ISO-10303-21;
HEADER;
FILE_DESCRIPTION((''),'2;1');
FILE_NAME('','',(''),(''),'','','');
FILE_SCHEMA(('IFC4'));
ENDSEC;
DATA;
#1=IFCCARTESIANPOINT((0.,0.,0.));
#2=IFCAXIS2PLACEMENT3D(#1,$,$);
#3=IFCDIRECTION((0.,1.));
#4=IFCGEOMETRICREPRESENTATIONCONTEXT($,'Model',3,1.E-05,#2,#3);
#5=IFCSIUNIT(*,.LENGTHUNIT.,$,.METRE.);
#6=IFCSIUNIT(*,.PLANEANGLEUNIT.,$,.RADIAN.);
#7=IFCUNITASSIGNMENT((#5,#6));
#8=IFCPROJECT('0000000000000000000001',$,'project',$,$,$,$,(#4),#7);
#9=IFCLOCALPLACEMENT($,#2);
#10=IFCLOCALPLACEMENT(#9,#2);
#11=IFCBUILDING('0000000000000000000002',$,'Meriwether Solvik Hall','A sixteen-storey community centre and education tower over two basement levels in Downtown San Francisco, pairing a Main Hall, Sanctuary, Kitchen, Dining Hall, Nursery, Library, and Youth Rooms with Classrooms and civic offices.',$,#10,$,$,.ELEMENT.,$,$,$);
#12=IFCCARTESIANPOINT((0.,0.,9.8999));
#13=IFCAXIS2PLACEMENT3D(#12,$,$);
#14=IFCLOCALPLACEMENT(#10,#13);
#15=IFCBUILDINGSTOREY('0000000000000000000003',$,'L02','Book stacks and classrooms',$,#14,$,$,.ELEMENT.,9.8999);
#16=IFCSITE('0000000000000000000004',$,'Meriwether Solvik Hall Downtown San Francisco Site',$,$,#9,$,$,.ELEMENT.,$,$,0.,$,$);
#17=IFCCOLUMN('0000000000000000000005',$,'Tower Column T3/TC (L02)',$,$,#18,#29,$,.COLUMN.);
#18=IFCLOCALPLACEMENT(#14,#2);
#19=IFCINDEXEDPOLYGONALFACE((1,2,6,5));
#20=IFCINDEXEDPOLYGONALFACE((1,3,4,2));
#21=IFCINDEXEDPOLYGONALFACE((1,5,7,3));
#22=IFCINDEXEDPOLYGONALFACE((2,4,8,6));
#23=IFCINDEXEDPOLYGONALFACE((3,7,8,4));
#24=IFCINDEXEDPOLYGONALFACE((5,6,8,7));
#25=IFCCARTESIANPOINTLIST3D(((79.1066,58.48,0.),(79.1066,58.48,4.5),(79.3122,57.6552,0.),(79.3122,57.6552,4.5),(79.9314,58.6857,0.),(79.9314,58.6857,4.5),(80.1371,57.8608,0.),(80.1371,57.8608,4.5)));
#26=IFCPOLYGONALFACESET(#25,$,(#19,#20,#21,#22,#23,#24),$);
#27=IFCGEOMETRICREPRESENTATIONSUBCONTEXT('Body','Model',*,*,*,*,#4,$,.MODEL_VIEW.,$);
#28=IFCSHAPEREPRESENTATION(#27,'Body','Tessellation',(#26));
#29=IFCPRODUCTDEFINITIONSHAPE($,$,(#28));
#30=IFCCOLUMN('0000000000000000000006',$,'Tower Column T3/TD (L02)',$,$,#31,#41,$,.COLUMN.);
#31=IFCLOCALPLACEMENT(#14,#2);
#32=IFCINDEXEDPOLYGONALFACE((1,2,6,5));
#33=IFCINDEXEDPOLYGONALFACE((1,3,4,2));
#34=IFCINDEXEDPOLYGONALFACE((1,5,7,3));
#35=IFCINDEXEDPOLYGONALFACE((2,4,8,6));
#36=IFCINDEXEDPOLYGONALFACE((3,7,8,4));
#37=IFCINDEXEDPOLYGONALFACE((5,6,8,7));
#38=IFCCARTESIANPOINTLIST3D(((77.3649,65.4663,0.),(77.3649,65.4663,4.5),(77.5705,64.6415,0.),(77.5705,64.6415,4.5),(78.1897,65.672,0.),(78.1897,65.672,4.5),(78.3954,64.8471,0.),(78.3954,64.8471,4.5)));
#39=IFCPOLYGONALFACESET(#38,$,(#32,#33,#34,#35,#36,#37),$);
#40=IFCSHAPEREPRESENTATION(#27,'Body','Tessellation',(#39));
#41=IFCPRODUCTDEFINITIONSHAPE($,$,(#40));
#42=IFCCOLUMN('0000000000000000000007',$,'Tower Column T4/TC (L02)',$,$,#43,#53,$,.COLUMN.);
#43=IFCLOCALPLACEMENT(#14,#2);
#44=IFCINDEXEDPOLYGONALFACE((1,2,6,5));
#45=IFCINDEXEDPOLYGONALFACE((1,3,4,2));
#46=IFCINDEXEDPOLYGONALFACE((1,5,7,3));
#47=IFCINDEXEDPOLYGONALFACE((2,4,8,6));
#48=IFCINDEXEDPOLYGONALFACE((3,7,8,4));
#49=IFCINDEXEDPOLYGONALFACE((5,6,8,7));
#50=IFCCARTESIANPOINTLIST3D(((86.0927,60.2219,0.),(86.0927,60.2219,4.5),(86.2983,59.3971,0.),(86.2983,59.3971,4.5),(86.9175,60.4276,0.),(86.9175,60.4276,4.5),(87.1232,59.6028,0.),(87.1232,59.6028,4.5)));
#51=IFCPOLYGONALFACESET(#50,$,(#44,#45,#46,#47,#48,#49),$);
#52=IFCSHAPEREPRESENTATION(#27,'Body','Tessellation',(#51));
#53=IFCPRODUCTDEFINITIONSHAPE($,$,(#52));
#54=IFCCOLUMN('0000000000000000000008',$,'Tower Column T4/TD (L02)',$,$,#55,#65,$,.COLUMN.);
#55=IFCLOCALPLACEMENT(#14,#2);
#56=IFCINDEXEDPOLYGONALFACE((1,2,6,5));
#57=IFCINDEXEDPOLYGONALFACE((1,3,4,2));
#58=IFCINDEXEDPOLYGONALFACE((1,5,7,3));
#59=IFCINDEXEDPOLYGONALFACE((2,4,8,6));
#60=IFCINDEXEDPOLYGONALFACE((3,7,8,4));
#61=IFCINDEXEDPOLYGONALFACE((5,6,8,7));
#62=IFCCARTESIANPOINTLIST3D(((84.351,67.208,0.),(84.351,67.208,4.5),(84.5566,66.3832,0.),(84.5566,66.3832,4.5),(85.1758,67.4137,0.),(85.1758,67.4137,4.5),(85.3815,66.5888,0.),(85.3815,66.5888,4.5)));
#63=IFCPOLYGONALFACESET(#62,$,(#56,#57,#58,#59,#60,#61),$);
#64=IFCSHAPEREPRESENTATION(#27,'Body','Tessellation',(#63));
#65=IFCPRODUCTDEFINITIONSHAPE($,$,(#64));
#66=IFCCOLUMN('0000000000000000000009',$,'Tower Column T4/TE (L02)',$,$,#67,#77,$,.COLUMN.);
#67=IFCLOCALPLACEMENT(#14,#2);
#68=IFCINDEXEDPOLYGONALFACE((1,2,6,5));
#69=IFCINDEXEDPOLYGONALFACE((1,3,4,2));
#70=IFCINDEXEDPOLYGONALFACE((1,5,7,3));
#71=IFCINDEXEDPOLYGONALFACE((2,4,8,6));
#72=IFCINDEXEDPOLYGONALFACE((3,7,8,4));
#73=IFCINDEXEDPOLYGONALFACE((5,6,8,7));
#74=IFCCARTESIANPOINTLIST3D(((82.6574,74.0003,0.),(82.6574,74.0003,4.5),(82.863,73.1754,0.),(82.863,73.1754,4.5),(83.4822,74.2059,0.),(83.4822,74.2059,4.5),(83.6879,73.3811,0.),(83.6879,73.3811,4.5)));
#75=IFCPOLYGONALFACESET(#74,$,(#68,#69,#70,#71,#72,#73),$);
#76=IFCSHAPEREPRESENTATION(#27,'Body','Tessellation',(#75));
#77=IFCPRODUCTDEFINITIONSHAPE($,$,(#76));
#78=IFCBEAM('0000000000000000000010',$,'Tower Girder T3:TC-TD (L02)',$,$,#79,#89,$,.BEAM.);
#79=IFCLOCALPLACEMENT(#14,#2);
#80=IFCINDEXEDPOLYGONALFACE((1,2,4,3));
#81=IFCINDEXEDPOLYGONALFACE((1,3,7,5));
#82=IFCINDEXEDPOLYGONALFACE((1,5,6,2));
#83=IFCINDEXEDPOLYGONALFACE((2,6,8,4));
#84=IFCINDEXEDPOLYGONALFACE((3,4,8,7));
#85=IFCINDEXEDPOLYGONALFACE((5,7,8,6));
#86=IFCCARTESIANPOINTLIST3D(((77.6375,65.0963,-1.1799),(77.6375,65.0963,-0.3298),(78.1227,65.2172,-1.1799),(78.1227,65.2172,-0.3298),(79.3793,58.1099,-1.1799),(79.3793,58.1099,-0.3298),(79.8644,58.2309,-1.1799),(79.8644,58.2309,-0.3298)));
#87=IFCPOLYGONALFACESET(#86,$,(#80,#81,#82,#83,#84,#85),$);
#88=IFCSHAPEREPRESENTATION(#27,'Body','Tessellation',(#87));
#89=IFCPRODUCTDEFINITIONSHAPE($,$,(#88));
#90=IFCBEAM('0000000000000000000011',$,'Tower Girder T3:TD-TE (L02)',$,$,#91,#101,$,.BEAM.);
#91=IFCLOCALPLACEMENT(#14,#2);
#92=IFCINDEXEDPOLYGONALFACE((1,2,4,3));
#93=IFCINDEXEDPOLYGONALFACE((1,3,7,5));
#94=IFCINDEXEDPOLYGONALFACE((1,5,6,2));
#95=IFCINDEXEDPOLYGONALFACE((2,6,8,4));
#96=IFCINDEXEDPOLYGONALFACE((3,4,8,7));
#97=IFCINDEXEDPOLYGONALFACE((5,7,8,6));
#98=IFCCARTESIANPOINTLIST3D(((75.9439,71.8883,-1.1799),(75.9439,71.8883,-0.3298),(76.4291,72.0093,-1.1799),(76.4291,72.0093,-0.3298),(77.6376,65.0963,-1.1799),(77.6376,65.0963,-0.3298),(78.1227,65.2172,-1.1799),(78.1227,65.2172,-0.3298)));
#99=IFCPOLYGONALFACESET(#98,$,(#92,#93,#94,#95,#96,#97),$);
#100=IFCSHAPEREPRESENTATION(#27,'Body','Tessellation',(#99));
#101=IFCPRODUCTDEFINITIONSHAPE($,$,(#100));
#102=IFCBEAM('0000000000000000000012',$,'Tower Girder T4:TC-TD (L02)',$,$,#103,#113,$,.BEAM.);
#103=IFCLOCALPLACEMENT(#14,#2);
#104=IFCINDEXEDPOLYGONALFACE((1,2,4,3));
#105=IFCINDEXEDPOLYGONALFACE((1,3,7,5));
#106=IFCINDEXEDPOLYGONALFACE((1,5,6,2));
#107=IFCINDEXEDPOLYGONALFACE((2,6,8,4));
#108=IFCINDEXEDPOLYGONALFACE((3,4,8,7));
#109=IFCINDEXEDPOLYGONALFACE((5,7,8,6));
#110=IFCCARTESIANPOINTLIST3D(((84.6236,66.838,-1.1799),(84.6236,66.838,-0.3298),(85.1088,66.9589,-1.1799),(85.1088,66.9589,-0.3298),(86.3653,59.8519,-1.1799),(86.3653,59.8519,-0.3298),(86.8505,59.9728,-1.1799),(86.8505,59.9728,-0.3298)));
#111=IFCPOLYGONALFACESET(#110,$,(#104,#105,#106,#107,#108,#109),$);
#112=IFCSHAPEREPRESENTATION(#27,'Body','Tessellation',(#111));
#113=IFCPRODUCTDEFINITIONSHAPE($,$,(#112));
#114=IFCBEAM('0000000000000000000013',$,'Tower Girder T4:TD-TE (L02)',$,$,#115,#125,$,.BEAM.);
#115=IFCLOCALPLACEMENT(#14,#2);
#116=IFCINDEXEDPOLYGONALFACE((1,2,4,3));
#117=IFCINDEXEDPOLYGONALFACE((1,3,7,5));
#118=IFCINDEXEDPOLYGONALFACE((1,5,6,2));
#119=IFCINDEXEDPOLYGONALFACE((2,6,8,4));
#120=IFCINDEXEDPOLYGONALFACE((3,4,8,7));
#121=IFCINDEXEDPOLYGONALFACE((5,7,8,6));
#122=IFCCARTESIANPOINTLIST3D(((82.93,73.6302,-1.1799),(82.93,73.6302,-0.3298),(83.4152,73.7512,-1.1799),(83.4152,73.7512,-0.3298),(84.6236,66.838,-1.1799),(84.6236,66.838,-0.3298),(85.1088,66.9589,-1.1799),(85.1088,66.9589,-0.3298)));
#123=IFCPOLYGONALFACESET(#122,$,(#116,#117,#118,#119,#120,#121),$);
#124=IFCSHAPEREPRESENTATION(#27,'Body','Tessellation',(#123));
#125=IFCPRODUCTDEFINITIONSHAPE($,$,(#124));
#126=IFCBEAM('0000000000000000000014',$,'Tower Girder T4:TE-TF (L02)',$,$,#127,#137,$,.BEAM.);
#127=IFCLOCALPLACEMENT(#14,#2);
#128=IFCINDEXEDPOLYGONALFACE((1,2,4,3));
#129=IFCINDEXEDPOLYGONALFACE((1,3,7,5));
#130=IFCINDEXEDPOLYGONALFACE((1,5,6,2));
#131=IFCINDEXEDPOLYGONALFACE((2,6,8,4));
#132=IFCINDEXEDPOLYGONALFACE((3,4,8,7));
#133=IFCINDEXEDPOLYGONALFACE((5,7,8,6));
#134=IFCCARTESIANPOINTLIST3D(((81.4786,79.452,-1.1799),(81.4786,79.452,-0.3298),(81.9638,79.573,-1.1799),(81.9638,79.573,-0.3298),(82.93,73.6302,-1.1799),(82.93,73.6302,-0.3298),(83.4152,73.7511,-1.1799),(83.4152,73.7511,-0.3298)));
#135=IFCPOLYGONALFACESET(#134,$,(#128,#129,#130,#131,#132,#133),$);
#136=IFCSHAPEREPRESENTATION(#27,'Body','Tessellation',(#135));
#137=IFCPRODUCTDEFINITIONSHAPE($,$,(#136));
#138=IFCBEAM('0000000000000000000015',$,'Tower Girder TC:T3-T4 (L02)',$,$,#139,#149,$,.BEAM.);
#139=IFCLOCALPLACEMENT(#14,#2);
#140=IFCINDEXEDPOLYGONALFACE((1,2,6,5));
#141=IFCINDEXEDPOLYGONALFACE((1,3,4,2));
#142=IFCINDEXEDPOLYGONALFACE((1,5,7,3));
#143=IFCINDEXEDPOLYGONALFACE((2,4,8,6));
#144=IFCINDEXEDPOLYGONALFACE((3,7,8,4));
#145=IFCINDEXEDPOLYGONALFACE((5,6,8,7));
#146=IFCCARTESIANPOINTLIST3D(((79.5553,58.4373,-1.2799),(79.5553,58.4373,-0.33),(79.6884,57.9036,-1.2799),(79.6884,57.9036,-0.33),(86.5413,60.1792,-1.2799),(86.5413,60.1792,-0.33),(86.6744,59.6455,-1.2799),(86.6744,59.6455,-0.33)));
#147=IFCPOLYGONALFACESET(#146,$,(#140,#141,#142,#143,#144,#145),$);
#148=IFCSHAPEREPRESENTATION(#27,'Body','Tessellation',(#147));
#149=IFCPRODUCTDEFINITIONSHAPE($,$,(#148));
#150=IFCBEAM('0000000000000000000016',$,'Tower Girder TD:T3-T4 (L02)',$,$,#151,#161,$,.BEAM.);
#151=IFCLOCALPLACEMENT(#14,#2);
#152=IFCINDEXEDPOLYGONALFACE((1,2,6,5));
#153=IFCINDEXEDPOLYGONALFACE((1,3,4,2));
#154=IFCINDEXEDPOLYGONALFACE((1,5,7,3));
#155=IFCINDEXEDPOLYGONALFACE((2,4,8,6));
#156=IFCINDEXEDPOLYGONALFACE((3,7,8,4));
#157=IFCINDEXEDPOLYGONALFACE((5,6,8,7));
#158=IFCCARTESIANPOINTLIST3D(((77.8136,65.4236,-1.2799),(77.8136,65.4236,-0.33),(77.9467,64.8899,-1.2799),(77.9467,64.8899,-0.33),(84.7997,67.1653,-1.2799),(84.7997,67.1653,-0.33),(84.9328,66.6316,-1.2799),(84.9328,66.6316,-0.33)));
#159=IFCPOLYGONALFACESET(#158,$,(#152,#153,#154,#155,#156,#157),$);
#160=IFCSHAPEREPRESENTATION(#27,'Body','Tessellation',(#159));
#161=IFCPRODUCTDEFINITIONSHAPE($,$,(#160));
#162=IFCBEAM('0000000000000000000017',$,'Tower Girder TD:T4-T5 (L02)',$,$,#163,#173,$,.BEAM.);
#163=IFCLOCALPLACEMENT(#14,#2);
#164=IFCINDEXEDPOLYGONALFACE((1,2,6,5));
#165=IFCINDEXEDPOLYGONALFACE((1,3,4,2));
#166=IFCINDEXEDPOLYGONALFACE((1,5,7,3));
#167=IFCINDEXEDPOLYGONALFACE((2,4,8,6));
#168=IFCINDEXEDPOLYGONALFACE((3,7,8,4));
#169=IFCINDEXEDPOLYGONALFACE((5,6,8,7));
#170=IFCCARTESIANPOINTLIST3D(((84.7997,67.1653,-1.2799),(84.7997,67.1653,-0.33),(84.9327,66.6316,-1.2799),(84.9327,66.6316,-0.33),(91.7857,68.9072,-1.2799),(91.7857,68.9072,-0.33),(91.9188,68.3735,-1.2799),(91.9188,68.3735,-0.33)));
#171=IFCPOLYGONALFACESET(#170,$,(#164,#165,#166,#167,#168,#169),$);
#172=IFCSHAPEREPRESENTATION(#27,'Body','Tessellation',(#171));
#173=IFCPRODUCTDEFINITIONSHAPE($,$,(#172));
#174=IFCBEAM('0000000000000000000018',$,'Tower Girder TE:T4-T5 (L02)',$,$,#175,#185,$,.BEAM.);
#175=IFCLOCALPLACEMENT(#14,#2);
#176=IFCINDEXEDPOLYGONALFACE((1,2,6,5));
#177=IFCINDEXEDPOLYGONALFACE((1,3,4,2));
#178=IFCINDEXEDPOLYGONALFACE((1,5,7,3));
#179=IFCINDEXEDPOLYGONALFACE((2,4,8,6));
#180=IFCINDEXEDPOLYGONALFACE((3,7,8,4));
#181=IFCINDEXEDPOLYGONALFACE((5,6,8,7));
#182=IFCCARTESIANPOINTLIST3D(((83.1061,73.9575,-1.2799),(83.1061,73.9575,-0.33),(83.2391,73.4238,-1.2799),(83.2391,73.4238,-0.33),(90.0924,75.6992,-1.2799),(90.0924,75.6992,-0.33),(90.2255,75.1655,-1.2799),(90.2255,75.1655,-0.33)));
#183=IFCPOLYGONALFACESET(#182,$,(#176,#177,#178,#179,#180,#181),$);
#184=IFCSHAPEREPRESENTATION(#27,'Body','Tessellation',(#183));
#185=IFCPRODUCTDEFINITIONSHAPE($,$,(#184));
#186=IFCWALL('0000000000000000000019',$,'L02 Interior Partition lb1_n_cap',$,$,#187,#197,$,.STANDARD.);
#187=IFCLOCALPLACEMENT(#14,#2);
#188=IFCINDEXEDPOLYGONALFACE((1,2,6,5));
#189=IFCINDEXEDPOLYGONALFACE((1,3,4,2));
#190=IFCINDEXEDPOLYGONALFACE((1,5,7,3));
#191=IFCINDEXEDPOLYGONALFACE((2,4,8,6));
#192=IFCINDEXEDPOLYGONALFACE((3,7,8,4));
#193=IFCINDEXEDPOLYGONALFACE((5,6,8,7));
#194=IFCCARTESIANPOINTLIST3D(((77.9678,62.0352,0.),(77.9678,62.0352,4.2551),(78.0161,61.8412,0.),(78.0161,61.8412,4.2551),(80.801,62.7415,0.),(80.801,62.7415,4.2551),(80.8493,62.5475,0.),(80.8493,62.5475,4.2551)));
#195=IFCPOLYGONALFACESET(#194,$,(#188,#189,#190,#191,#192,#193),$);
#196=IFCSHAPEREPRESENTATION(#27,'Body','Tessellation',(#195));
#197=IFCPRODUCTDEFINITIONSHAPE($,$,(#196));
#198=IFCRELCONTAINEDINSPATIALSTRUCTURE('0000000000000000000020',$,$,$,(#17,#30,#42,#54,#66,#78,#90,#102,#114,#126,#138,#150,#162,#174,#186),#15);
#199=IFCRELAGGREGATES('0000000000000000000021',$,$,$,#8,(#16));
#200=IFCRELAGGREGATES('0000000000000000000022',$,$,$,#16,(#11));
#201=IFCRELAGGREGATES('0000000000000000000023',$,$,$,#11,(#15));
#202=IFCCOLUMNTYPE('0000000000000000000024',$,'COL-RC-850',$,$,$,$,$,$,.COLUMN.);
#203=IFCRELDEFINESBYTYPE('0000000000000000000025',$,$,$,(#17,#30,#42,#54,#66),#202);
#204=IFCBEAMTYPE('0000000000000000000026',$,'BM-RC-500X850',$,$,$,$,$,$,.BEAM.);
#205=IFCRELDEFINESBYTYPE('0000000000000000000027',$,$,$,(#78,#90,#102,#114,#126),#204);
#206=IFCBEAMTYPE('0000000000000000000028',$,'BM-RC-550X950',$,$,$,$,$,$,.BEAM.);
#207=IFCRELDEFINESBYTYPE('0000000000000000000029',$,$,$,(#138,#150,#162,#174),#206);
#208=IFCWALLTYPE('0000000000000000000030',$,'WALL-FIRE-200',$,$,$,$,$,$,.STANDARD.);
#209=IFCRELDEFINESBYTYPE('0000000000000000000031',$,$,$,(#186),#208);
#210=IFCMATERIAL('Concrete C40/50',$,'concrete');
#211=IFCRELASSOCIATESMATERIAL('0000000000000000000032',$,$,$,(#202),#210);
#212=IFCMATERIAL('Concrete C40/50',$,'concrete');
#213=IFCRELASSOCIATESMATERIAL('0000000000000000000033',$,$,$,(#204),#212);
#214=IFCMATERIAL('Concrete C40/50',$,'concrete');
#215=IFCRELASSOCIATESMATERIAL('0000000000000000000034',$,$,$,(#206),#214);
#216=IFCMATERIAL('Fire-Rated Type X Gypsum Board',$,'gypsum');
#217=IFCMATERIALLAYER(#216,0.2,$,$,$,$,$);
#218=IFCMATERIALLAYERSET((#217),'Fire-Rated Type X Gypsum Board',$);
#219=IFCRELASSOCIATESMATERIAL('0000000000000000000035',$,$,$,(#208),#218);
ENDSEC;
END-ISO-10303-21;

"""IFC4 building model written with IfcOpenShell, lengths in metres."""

from ifc_helpers import new_model, si_unit, direction, frame, frame_2d, origin, origin_2d, place, context, subcontext, project, spatial, rectangle, extrude, material, layer, layer_set, material_profile, profile_set, type_object, element, save


model = new_model("IFC4")

# Units and contexts
model_context = context("Model", 3, precision=1e-05, world=origin(), true_north=direction((0.0, 1.0)))
body_context = subcontext(model_context, "Body", "Model", "MODEL_VIEW")
ifc_project = project(units=[si_unit("LENGTHUNIT", "METRE"), si_unit("PLANEANGLEUNIT", "RADIAN")], contexts=[model_context])

# Site, building, storey
site_placement = place(None, origin())
site = spatial("IfcSite", under=ifc_project, at=site_placement, Name="Meriwether Solvik Hall Downtown San Francisco Site", CompositionType="ELEMENT", RefElevation=0.0)
building_placement = place(site_placement, origin())
building = spatial("IfcBuilding", under=site, at=building_placement, Name="Meriwether Solvik Hall", Description="A sixteen-storey community centre and education tower over two basement levels in Downtown San Francisco, pairing a Main Hall, Sanctuary, Kitchen, Dining Hall, Nursery, Library, and Youth Rooms with Classrooms and civic offices.", CompositionType="ELEMENT")
storey_placement = place(building_placement, frame((0.0, 0.0, 9.8999)))
storey = spatial("IfcBuildingStorey", under=building, at=storey_placement, Name="L02", Description="Book stacks and classrooms", CompositionType="ELEMENT", Elevation=9.8999)

# Columns
ifc_material_1 = material(Name="Concrete C40/50", Category="concrete")
ifc_material_profile_1 = material_profile(ifc_material_1, rectangle(XDim=0.8501, YDim=0.8501, at=origin_2d()), Name="RCC-850X850")
ifc_profile_set_1 = profile_set([ifc_material_profile_1], Name="Concrete C40/50")
column_type = type_object("IfcColumnType", Name="COL-RC-850", PredefinedType="COLUMN", material=ifc_profile_set_1)
for number, where, z_axis, x_axis, name in (
    (1, (79.6218, 58.1704, 0.0), (0.0, 0.0, 1.0), (0.970296, 0.241922, 0.0), "Tower Column T3/TC (L02)"),
    (2, (77.8801, 65.1567, 0.0), (0.0, 0.0, 1.0), (0.970296, 0.241922, 0.0), "Tower Column T3/TD (L02)"),
    (3, (86.6079, 59.9124, 0.0), (0.0, 0.0, 1.0), (0.970296, 0.241922, 0.0), "Tower Column T4/TC (L02)"),
    (4, (84.8662, 66.8984, 0.0), (0.0, 0.0, 1.0), (0.970296, 0.241922, 0.0), "Tower Column T4/TD (L02)"),
    (5, (83.1726, 73.6907, 0.0), (0.0, 0.0, 1.0), (0.970296, 0.241922, 0.0), "Tower Column T4/TE (L02)"),
):
    element("IfcColumn", number, at=place(storey_placement, frame(where, z_axis=z_axis, x_axis=x_axis)), inside=storey, type_object=column_type, Name=name, PredefinedType="COLUMN", context=body_context, shape_type="SweptSolid", body=[
        extrude(rectangle(XDim=0.8501, YDim=0.8501, at=origin_2d()), origin(), (0.0, 0.0, 1.0), 4.5),
    ])

# Beams
ifc_material_2 = material(Name="Concrete C40/50", Category="concrete")
ifc_material_profile_2 = material_profile(ifc_material_2, rectangle(XDim=0.5, YDim=0.8501, at=origin_2d()), Name="RCB-500X850")
ifc_profile_set_2 = profile_set([ifc_material_profile_2], Name="Concrete C40/50")
beam_type_1 = type_object("IfcBeamType", Name="BM-RC-500X850", PredefinedType="BEAM", material=ifc_profile_set_2)
beam_1_placement = place(storey_placement, frame((79.6218, 58.1704, -0.7549), z_axis=(-0.241897, 0.970302, 0.0), x_axis=(-0.970302, -0.241897, 0.0)))
element("IfcBeam", 6, at=beam_1_placement, inside=storey, type_object=beam_type_1, Name="Tower Girder T3:TC-TD (L02)", PredefinedType="BEAM", context=body_context, shape_type="SweptSolid", body=[
    extrude(rectangle(XDim=0.5, YDim=0.8501, at=origin_2d()), origin(), (0.0, 0.0, 1.0), 7.2002),
])
beam_2_placement = place(storey_placement, frame((77.8801, 65.1567, -0.7549), z_axis=(-0.241945, 0.97029, 0.0), x_axis=(-0.97029, -0.241945, 0.0)))
element("IfcBeam", 7, at=beam_2_placement, inside=storey, type_object=beam_type_1, Name="Tower Girder T3:TD-TE (L02)", PredefinedType="BEAM", context=body_context, shape_type="SweptSolid", body=[
    extrude(rectangle(XDim=0.5, YDim=0.8501, at=origin_2d()), origin(), (0.0, 0.0, 1.0), 7.0),
])
beam_3_placement = place(storey_placement, frame((86.6079, 59.9124, -0.7549), z_axis=(-0.241905, 0.9703, 0.0), x_axis=(-0.9703, -0.241905, 0.0)))
element("IfcBeam", 8, at=beam_3_placement, inside=storey, type_object=beam_type_1, Name="Tower Girder T4:TC-TD (L02)", PredefinedType="BEAM", context=body_context, shape_type="SweptSolid", body=[
    extrude(rectangle(XDim=0.5, YDim=0.8501, at=origin_2d()), origin(), (0.0, 0.0, 1.0), 7.2),
])
beam_4_placement = place(storey_placement, frame((84.8662, 66.8984, -0.7549), z_axis=(-0.241937, 0.970292, 0.0), x_axis=(-0.970292, -0.241937, 0.0)))
element("IfcBeam", 9, at=beam_4_placement, inside=storey, type_object=beam_type_1, Name="Tower Girder T4:TD-TE (L02)", PredefinedType="BEAM", context=body_context, shape_type="SweptSolid", body=[
    extrude(rectangle(XDim=0.5, YDim=0.8501, at=origin_2d()), origin(), (0.0, 0.0, 1.0), 7.0002),
])
beam_5_placement = place(storey_placement, frame((83.1726, 73.6907, -0.7549), z_axis=(-0.241904, 0.9703, 0.0), x_axis=(-0.9703, -0.241904, 0.0)))
element("IfcBeam", 10, at=beam_5_placement, inside=storey, type_object=beam_type_1, Name="Tower Girder T4:TE-TF (L02)", PredefinedType="BEAM", context=body_context, shape_type="SweptSolid", body=[
    extrude(rectangle(XDim=0.5, YDim=0.8501, at=origin_2d()), origin(), (0.0, 0.0, 1.0), 6.0),
])
ifc_material_3 = material(Name="Concrete C40/50", Category="concrete")
ifc_material_profile_3 = material_profile(ifc_material_3, rectangle(XDim=0.55, YDim=0.95, at=origin_2d()), Name="RCB-550X950")
ifc_profile_set_3 = profile_set([ifc_material_profile_3], Name="Concrete C40/50")
beam_type_2 = type_object("IfcBeamType", Name="BM-RC-550X950", PredefinedType="BEAM", material=ifc_profile_set_3)
for number, where, z_axis, x_axis, name in (
    (11, (79.6218, 58.1704, -0.8049), (0.970292, 0.241937, 0.0), (-0.241937, 0.970292, 0.0), "Tower Girder TC:T3-T4 (L02)"),
    (12, (77.8801, 65.1567, -0.8049), (0.9703, 0.241905, 0.0), (-0.241905, 0.9703, 0.0), "Tower Girder TD:T3-T4 (L02)"),
    (13, (84.8662, 66.8984, -0.8049), (0.970292, 0.241937, 0.0), (-0.241937, 0.970292, 0.0), "Tower Girder TD:T4-T5 (L02)"),
):
    element("IfcBeam", number, at=place(storey_placement, frame(where, z_axis=z_axis, x_axis=x_axis)), inside=storey, type_object=beam_type_2, Name=name, PredefinedType="BEAM", context=body_context, shape_type="SweptSolid", body=[
        extrude(rectangle(XDim=0.55, YDim=0.95, at=origin_2d()), origin(), (0.0, 0.0, 1.0), 7.2),
    ])
beam_6_placement = place(storey_placement, frame((83.1726, 73.6907, -0.8049), z_axis=(0.970302, 0.241897, 0.0), x_axis=(-0.241897, 0.970302, 0.0)))
element("IfcBeam", 14, at=beam_6_placement, inside=storey, type_object=beam_type_2, Name="Tower Girder TE:T4-T5 (L02)", PredefinedType="BEAM", context=body_context, shape_type="SweptSolid", body=[
    extrude(rectangle(XDim=0.55, YDim=0.95, at=origin_2d()), origin(), (0.0, 0.0, 1.0), 7.2002),
])

# Wall
ifc_material_4 = material(Name="Fire-Rated Type X Gypsum Board", Category="gypsum")
ifc_layer_1 = layer(ifc_material_4, 0.2)
ifc_layer_set_1 = layer_set([ifc_layer_1], Name="Fire-Rated Type X Gypsum Board")
wall_type_1 = type_object("IfcWallType", Name="WALL-FIRE-200", PredefinedType="STANDARD", material=ifc_layer_set_1)
wall_1_placement = place(storey_placement, frame((77.9919, 61.9382, 0.0), z_axis=(0.0, 0.0, 1.0), x_axis=(0.970305, 0.241886, 0.0)))
element("IfcWall", 15, at=wall_1_placement, inside=storey, type_object=wall_type_1, Name="L02 Interior Partition lb1_n_cap", PredefinedType="STANDARD", context=body_context, shape_type="SweptSolid", body=[
    extrude(rectangle(XDim=2.9199, YDim=0.2, at=frame_2d((1.46, 0.0))), origin(), (0.0, 0.0, 1.0), 4.2551),
])

save(model, "model.ifc")
